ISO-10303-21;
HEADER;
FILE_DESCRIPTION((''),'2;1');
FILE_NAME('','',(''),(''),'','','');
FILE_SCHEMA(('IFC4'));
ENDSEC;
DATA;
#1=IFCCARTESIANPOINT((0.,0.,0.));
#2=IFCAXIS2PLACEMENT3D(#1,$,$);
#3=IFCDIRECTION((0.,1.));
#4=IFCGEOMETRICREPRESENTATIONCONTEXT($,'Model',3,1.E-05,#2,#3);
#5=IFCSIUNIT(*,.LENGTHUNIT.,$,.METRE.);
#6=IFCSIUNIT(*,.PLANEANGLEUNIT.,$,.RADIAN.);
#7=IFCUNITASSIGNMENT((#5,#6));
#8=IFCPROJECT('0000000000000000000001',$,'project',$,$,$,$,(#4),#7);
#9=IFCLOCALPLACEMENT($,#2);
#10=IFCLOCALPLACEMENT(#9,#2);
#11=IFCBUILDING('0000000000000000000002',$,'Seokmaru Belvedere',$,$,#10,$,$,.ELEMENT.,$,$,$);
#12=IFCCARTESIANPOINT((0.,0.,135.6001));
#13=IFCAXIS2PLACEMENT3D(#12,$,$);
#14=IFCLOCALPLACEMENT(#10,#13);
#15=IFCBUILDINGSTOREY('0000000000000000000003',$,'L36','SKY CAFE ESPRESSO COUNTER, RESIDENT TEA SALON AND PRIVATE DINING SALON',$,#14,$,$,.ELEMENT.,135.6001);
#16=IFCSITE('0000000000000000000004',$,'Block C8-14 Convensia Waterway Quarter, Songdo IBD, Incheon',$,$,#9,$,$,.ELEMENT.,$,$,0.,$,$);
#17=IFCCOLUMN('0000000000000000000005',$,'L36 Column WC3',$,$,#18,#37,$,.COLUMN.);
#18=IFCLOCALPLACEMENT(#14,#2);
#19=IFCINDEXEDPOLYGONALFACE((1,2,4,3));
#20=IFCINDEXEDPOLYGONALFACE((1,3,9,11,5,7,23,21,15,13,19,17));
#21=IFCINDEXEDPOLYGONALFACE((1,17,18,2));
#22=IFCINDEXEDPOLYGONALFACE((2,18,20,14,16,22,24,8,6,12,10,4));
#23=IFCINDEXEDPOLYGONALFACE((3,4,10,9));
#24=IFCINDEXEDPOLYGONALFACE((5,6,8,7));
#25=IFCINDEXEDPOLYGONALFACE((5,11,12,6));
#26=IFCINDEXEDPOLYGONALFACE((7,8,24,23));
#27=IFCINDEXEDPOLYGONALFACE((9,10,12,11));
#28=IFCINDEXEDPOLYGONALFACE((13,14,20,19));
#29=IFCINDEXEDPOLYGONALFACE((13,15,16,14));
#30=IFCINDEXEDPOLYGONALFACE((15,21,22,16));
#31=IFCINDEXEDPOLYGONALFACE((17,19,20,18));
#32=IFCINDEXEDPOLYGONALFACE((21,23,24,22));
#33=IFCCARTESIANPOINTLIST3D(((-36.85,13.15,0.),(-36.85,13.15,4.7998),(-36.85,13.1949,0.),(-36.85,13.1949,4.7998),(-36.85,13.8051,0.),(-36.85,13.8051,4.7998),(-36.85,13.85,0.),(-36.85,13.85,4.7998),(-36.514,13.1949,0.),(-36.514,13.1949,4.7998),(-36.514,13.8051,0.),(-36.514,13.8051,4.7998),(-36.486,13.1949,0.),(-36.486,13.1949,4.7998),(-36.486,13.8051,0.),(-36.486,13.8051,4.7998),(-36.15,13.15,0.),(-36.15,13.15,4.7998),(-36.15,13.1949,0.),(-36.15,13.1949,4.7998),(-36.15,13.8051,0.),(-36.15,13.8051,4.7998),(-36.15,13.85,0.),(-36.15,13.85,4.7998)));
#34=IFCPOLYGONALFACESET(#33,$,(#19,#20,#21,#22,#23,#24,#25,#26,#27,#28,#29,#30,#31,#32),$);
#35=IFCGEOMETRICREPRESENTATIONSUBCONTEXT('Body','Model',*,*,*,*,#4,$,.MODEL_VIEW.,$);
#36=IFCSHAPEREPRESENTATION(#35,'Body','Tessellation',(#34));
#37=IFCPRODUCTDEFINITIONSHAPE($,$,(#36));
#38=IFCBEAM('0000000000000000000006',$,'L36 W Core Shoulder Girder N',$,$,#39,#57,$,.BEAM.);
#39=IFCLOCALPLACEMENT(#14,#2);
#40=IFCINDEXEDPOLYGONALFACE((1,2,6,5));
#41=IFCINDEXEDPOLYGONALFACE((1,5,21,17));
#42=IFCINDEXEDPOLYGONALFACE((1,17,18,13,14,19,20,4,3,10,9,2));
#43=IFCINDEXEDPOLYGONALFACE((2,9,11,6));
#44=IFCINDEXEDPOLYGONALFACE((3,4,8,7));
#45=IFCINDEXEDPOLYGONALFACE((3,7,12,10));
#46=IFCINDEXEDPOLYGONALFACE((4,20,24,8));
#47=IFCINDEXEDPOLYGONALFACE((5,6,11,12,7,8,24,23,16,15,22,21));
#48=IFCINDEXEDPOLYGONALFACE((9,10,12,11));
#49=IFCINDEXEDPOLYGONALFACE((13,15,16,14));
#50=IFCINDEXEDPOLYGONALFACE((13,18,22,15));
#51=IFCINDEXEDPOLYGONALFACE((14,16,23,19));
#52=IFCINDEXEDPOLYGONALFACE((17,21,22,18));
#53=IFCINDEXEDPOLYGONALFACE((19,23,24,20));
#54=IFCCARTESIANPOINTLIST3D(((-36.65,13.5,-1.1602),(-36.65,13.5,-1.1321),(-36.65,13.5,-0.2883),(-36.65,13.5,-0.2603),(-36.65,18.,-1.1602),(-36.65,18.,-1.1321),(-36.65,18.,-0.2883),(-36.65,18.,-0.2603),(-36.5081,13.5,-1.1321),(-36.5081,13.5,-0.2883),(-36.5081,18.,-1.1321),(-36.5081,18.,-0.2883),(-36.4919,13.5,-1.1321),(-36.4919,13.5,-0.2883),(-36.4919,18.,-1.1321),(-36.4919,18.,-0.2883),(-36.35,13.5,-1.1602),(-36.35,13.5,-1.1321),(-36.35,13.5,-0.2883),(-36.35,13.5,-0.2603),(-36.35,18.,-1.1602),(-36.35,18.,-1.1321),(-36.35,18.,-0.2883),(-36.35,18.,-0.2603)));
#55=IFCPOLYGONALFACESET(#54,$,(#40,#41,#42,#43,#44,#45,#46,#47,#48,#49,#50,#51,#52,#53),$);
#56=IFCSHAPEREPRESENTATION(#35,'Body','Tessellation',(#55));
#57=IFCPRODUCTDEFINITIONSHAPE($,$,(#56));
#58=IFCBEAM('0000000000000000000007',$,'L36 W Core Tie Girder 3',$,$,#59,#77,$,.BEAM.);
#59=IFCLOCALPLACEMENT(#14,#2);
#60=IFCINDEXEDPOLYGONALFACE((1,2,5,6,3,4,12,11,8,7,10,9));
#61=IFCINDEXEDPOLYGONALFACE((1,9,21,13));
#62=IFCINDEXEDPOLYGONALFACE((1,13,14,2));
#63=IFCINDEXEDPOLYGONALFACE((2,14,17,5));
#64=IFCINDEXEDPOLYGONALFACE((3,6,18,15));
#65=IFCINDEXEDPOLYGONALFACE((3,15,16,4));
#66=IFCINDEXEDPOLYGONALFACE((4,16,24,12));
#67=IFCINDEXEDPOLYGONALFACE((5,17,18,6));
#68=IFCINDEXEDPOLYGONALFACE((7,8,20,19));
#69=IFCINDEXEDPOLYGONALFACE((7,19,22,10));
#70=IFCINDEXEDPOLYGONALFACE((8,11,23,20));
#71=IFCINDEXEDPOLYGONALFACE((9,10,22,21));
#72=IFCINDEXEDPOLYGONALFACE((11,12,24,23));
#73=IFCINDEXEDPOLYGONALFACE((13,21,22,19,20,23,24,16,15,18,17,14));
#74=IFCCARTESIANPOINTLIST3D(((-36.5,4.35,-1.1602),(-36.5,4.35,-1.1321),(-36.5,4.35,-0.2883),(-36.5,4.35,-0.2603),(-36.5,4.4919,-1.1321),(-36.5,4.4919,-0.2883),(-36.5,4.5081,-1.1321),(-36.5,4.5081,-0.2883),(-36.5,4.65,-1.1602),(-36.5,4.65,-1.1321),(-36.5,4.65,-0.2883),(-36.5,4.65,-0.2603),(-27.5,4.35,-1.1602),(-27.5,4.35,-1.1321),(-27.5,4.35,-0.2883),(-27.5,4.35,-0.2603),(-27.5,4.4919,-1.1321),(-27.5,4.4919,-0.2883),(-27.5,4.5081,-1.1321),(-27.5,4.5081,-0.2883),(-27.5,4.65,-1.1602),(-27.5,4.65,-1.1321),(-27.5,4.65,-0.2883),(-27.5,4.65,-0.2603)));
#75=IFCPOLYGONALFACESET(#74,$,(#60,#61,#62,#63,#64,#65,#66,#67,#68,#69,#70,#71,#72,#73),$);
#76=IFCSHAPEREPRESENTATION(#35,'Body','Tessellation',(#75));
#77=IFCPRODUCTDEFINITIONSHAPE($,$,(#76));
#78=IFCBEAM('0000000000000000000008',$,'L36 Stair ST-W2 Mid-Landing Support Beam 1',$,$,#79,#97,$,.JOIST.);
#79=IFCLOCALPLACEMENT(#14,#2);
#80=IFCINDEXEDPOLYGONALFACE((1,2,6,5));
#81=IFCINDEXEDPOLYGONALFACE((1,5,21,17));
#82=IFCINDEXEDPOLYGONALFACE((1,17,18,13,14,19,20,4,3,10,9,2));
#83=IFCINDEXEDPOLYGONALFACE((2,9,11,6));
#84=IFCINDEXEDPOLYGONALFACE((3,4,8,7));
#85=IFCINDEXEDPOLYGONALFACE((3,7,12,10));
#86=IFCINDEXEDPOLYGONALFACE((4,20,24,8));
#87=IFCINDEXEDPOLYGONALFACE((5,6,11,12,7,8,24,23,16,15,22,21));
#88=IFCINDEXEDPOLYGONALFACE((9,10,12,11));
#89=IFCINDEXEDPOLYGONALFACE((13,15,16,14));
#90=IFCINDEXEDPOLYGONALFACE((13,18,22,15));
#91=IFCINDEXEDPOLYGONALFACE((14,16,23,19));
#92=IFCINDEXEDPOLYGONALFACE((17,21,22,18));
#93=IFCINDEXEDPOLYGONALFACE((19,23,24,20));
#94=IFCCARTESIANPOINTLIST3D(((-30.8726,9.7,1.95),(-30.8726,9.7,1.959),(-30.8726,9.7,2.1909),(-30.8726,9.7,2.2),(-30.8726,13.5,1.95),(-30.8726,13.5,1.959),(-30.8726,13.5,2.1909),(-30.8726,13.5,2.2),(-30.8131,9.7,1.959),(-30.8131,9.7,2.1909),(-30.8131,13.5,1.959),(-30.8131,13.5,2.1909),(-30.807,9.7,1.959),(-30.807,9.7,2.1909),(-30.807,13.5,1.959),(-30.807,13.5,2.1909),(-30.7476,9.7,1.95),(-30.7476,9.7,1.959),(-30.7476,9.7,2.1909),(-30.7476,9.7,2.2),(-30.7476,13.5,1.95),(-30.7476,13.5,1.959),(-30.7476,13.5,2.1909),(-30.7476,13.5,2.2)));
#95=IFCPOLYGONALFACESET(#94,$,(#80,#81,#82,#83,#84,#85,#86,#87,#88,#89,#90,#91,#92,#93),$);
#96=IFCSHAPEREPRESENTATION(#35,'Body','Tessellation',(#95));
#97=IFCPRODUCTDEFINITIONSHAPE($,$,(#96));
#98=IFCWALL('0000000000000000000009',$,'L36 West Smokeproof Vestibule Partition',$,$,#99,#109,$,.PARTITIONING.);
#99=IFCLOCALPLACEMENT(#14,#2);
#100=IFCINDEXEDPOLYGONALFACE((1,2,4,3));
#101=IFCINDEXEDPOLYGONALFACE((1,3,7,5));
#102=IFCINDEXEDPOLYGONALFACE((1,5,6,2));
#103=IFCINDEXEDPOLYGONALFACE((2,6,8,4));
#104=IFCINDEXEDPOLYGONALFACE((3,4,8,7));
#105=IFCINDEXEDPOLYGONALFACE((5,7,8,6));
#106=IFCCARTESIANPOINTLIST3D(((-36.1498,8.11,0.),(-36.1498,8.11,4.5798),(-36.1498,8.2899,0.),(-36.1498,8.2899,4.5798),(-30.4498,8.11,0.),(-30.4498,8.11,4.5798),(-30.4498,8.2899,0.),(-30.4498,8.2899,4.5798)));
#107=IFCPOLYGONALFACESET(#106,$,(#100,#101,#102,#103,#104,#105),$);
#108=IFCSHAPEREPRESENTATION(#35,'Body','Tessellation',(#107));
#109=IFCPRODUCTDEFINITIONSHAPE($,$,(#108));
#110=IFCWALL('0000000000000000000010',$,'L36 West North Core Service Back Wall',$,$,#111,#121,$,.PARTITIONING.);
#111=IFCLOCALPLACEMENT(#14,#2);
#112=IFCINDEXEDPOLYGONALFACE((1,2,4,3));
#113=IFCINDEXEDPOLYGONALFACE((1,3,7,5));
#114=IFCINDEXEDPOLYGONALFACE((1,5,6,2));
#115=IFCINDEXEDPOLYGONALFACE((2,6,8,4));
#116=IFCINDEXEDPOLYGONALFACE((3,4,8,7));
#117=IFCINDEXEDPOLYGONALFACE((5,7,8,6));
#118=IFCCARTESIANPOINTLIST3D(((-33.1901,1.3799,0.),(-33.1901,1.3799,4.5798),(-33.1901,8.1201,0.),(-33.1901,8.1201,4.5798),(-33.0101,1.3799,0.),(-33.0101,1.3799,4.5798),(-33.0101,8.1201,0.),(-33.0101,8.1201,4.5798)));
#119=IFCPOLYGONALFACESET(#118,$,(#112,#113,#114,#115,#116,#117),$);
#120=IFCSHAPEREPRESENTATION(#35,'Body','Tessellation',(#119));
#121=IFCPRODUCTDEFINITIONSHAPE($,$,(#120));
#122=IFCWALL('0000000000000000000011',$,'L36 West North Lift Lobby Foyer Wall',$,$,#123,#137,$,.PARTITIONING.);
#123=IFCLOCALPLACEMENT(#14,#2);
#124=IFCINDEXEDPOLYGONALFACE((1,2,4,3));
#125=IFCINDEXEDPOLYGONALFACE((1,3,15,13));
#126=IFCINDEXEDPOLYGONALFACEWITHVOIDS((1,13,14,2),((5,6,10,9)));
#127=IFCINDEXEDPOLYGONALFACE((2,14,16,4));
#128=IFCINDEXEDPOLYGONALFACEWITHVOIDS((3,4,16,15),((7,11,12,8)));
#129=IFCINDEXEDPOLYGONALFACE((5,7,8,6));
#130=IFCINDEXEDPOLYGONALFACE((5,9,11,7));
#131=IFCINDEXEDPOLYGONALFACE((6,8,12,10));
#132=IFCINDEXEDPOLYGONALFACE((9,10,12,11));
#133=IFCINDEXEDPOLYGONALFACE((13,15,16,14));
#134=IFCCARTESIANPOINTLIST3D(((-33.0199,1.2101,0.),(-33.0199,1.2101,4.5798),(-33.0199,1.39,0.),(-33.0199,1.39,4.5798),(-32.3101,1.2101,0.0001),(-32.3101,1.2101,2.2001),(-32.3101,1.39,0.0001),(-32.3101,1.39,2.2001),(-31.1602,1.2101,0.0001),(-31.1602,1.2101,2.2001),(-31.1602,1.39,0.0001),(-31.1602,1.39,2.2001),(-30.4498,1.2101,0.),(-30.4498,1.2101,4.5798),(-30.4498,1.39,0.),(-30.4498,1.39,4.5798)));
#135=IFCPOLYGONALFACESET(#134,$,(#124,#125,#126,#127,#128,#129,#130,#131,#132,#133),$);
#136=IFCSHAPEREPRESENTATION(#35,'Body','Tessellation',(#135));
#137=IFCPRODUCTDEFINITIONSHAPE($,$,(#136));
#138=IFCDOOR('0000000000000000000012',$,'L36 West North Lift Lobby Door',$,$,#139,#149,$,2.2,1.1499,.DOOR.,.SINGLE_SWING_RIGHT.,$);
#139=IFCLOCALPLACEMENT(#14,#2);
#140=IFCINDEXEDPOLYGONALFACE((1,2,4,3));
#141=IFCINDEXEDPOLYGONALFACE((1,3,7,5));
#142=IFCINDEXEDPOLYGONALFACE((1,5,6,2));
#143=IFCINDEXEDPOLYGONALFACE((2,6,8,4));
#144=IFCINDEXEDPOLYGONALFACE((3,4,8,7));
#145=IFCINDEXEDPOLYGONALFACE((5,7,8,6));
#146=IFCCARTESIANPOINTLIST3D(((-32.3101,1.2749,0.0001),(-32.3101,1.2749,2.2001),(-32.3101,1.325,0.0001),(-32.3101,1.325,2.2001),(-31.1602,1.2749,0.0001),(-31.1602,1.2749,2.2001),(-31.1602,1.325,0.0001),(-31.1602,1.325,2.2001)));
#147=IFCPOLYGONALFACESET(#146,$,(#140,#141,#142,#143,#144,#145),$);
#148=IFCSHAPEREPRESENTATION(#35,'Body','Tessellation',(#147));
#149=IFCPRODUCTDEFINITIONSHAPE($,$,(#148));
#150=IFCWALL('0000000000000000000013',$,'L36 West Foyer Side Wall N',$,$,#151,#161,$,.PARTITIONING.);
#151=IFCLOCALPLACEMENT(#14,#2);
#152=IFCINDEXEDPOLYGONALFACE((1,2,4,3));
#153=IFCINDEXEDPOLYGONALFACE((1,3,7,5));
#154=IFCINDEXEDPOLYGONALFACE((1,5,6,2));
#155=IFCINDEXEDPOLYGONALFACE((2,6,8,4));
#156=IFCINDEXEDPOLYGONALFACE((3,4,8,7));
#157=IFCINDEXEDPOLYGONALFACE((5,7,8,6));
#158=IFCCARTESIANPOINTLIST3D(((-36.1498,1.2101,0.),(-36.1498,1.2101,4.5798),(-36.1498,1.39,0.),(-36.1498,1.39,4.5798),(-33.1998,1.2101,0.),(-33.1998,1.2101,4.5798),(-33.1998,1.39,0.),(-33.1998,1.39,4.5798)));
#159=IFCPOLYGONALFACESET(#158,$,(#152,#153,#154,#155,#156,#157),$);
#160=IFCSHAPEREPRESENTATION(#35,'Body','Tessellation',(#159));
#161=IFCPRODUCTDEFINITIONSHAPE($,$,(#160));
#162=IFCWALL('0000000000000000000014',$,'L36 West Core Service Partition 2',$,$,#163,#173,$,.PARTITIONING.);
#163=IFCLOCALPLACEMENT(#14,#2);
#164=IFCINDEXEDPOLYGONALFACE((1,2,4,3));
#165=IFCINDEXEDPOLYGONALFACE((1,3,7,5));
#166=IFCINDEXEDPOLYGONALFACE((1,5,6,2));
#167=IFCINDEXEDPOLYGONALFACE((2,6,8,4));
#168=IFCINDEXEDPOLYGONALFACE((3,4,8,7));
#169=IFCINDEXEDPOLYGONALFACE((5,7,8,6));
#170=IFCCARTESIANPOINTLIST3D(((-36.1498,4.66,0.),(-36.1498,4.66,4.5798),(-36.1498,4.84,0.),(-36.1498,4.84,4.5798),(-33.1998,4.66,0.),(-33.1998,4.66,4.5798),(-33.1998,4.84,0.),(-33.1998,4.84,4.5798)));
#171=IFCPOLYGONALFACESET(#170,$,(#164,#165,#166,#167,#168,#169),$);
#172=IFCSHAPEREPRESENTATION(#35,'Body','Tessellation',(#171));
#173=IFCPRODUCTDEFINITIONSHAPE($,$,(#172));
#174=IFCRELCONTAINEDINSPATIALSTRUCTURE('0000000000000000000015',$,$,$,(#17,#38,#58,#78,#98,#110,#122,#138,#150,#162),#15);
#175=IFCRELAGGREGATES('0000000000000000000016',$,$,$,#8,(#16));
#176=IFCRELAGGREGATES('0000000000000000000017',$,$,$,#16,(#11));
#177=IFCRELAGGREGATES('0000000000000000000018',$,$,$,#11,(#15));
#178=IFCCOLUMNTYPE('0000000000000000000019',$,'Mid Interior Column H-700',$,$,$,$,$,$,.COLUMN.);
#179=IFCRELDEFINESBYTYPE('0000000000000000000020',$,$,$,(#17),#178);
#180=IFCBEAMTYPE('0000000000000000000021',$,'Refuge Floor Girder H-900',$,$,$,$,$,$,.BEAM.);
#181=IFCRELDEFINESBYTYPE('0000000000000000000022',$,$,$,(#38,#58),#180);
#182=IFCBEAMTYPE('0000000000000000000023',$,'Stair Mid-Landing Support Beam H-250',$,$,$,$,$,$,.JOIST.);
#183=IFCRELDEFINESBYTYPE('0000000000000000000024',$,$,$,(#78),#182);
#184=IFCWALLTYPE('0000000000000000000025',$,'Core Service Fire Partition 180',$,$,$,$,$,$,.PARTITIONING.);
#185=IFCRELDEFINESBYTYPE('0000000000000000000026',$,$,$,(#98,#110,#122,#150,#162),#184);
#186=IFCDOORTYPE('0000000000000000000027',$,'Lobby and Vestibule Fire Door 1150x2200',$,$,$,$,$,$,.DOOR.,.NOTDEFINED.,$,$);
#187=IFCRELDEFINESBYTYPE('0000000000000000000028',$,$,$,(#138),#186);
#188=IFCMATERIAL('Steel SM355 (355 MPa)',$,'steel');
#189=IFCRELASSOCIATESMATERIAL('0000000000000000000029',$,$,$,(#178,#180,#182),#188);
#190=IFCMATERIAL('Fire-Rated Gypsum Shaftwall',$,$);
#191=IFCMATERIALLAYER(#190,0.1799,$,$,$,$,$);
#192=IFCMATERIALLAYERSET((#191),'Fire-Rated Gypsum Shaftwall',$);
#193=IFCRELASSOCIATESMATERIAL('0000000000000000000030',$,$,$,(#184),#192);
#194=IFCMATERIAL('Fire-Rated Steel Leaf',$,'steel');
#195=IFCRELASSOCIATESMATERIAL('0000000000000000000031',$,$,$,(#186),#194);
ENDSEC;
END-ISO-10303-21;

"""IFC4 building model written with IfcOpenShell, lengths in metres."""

from ifc_helpers import new_model, si_unit, direction, frame, frame_2d, origin, origin_2d, place, context, subcontext, project, spatial, rectangle, i_section, extrude, source, transform, mapped, material, layer, layer_set, material_profile, profile_set, type_object, type_shapes, element, fill, save


model = new_model("IFC4")

# Units and contexts
model_context = context("Model", 3, precision=1e-05, world=origin(), true_north=direction((0.0, 1.0)))
body_context = subcontext(model_context, "Body", "Model", "MODEL_VIEW")
ifc_project = project(units=[si_unit("LENGTHUNIT", "METRE"), si_unit("PLANEANGLEUNIT", "RADIAN")], contexts=[model_context])

# Site, building, storey
site_placement = place(None, origin())
site = spatial("IfcSite", under=ifc_project, at=site_placement, Name="Block C8-14 Convensia Waterway Quarter, Songdo IBD, Incheon", CompositionType="ELEMENT", RefElevation=0.0)
building_placement = place(site_placement, origin())
building = spatial("IfcBuilding", under=site, at=building_placement, Name="Seokmaru Belvedere", CompositionType="ELEMENT")
storey_placement = place(building_placement, frame((0.0, 0.0, 135.6001)))
storey = spatial("IfcBuildingStorey", under=building, at=storey_placement, Name="L36", Description="SKY CAFE ESPRESSO COUNTER, RESIDENT TEA SALON AND PRIVATE DINING SALON", CompositionType="ELEMENT", Elevation=135.6001)

# Column
ifc_material_1 = material(Name="Steel SM355 (355 MPa)", Category="steel")
ifc_material_profile_1 = material_profile(ifc_material_1, i_section(OverallWidth=0.7, OverallDepth=0.7, WebThickness=0.0281, FlangeThickness=0.0449, at=origin_2d()), Name="H-700x700x28x45")
ifc_profile_set_1 = profile_set([ifc_material_profile_1], Name="Steel SM355 (355 MPa)")
column_type = type_object("IfcColumnType", Name="Mid Interior Column H-700", PredefinedType="COLUMN", material=ifc_profile_set_1)
shared_shape_1 = source(origin(), body_context, "Body", "SweptSolid", [
    extrude(i_section(OverallWidth=0.7, OverallDepth=0.7, WebThickness=0.0281, FlangeThickness=0.0449, at=origin_2d()), origin(), (0.0, 0.0, 1.0), 4.7998),
])
type_shapes(column_type, [shared_shape_1])
column_placement = place(storey_placement, frame((-36.5, 13.5, 0.0), z_axis=(0.0, 0.0, 1.0), x_axis=(1.0, 0.0, 0.0)))
element("IfcColumn", 1, at=column_placement, inside=storey, type_object=column_type, Name="L36 Column WC3", PredefinedType="COLUMN", context=body_context, shape_type="MappedRepresentation", body=[
    mapped(shared_shape_1, transform((0.0, 0.0, 0.0), scale=1.0)),
])

# Beams
ifc_material_profile_2 = material_profile(ifc_material_1, i_section(OverallWidth=0.3, OverallDepth=0.8999, WebThickness=0.0161, FlangeThickness=0.0281, at=origin_2d()), Name="H-900x300x16x28")
ifc_profile_set_2 = profile_set([ifc_material_profile_2], Name="Steel SM355 (355 MPa)")
beam_type_1 = type_object("IfcBeamType", Name="Refuge Floor Girder H-900", PredefinedType="BEAM", material=ifc_profile_set_2)
shared_shape_2 = source(origin(), body_context, "Body", "SweptSolid", [
    extrude(i_section(OverallWidth=0.3, OverallDepth=0.8999, WebThickness=0.0161, FlangeThickness=0.0281, at=origin_2d()), origin(), (0.0, 0.0, 1.0), 4.5),
])
beam_1_placement = place(storey_placement, frame((-36.5, 13.5, -0.7102), z_axis=(0.0, 1.0, 0.0), x_axis=(-1.0, 0.0, 0.0)))
element("IfcBeam", 2, at=beam_1_placement, inside=storey, type_object=beam_type_1, Name="L36 W Core Shoulder Girder N", PredefinedType="BEAM", context=body_context, shape_type="MappedRepresentation", body=[
    mapped(shared_shape_2, transform((0.0, 0.0, 0.0), scale=1.0)),
])
shared_shape_3 = source(origin(), body_context, "Body", "SweptSolid", [
    extrude(i_section(OverallWidth=0.3, OverallDepth=0.8999, WebThickness=0.0161, FlangeThickness=0.0281, at=origin_2d()), origin(), (0.0, 0.0, 1.0), 9.0),
])
type_shapes(beam_type_1, [shared_shape_2, shared_shape_3])
beam_2_placement = place(storey_placement, frame((-36.5, 4.5, -0.7102), z_axis=(1.0, 0.0, 0.0), x_axis=(0.0, 1.0, 0.0)))
element("IfcBeam", 3, at=beam_2_placement, inside=storey, type_object=beam_type_1, Name="L36 W Core Tie Girder 3", PredefinedType="BEAM", context=body_context, shape_type="MappedRepresentation", body=[
    mapped(shared_shape_3, transform((0.0, 0.0, 0.0), scale=1.0)),
])
ifc_material_profile_3 = material_profile(ifc_material_1, i_section(OverallWidth=0.125, OverallDepth=0.25, WebThickness=0.0061, FlangeThickness=0.009, at=origin_2d()), Name="H-250x125x6x9")
ifc_profile_set_3 = profile_set([ifc_material_profile_3], Name="Steel SM355 (355 MPa)")
beam_type_2 = type_object("IfcBeamType", Name="Stair Mid-Landing Support Beam H-250", PredefinedType="JOIST", material=ifc_profile_set_3)
shared_shape_4 = source(origin(), body_context, "Body", "SweptSolid", [
    extrude(i_section(OverallWidth=0.125, OverallDepth=0.25, WebThickness=0.0061, FlangeThickness=0.009, at=origin_2d()), origin(), (0.0, 0.0, 1.0), 3.8),
])
type_shapes(beam_type_2, [shared_shape_4])
beam_3_placement = place(storey_placement, frame((-30.8101, 9.7, 2.075), z_axis=(0.0, 1.0, 0.0), x_axis=(-1.0, 0.0, 0.0)))
element("IfcBeam", 4, at=beam_3_placement, inside=storey, type_object=beam_type_2, Name="L36 Stair ST-W2 Mid-Landing Support Beam 1", PredefinedType="JOIST", context=body_context, shape_type="MappedRepresentation", body=[
    mapped(shared_shape_4, transform((0.0, 0.0, 0.0), scale=1.0)),
])

# Walls
ifc_material_2 = material(Name="Fire-Rated Gypsum Shaftwall")
ifc_layer_1 = layer(ifc_material_2, 0.1799)
ifc_layer_set_1 = layer_set([ifc_layer_1], Name="Fire-Rated Gypsum Shaftwall")
wall_type_1 = type_object("IfcWallType", Name="Core Service Fire Partition 180", PredefinedType="PARTITIONING", material=ifc_layer_set_1)
wall_1_placement = place(storey_placement, frame((-36.1499, 8.2, 0.0), z_axis=(0.0, 0.0, 1.0), x_axis=(1.0, 0.0, 0.0)))
element("IfcWall", 5, at=wall_1_placement, inside=storey, type_object=wall_type_1, Name="L36 West Smokeproof Vestibule Partition", PredefinedType="PARTITIONING", context=body_context, shape_type="SweptSolid", body=[
    extrude(rectangle(XDim=5.7, YDim=0.1799, at=frame_2d((2.8501, 0.0))), origin(), (0.0, 0.0, 1.0), 4.5798),
])
wall_2_placement = place(storey_placement, frame((-33.1001, 1.3799, 0.0), z_axis=(0.0, 0.0, 1.0), x_axis=(0.0, 1.0, 0.0)))
element("IfcWall", 6, at=wall_2_placement, inside=storey, type_object=wall_type_1, Name="L36 West North Core Service Back Wall", PredefinedType="PARTITIONING", context=body_context, shape_type="SweptSolid", body=[
    extrude(rectangle(XDim=6.7402, YDim=0.1799, at=frame_2d((3.3701, 0.0))), origin(), (0.0, 0.0, 1.0), 4.5798),
])

# Wall, opening, door
wall_3_placement = place(storey_placement, frame((-33.02, 1.3, 0.0), z_axis=(0.0, 0.0, 1.0), x_axis=(1.0, 0.0, 0.0)))
wall_3 = element("IfcWall", 7, at=wall_3_placement, inside=storey, type_object=wall_type_1, Name="L36 West North Lift Lobby Foyer Wall", PredefinedType="PARTITIONING", context=body_context, shape_type="SweptSolid", body=[
    extrude(rectangle(XDim=2.5701, YDim=0.1799, at=frame_2d((1.2852, 0.0))), origin(), (0.0, 0.0, 1.0), 4.5798),
])
opening_1_placement = place(wall_3_placement, frame((0.71, 0.0, 0.0)))
opening_1 = element("IfcOpeningElement", 8, at=opening_1_placement, cuts=wall_3, PredefinedType="OPENING", context=body_context, shape_type="SweptSolid", body=[
    extrude(rectangle(XDim=1.1499, YDim=2.2, at=frame_2d((0.575, 1.1001))), frame((0.0, 0.1001, 0.0), z_axis=(0.0, -1.0, 0.0), x_axis=(1.0, 0.0, 0.0)), (0.0, 0.0, 1.0), 0.2),
])
ifc_material_3 = material(Name="Fire-Rated Steel Leaf", Category="steel")
door_type_1 = type_object("IfcDoorType", Name="Lobby and Vestibule Fire Door 1150x2200", OperationType="NOTDEFINED", PredefinedType="DOOR", material=ifc_material_3)
shared_shape_5 = source(origin(), body_context, "Body", "SweptSolid", [
    extrude(rectangle(XDim=1.1499, YDim=2.2, at=frame_2d((0.575, 1.1001))), frame((0.0, 0.0249, 0.0), z_axis=(0.0, -1.0, 0.0), x_axis=(1.0, 0.0, 0.0)), (0.0, 0.0, 1.0), 0.05),
])
type_shapes(door_type_1, [shared_shape_5])
door_1_placement = place(opening_1_placement, origin())
door_1 = element("IfcDoor", 9, at=door_1_placement, inside=storey, type_object=door_type_1, Name="L36 West North Lift Lobby Door", OperationType="SINGLE_SWING_RIGHT", OverallHeight=2.2, OverallWidth=1.1499, PredefinedType="DOOR", context=body_context, shape_type="MappedRepresentation", body=[
    mapped(shared_shape_5, transform((0.0, 0.0, 0.0), scale=1.0)),
])
fill(opening_1, door_1)

# Walls
for number, where, z_axis, x_axis, name in (
    (10, (-36.1499, 1.3, 0.0), (0.0, 0.0, 1.0), (1.0, 0.0, 0.0), "L36 West Foyer Side Wall N"),
    (11, (-36.1499, 4.75, 0.0), (0.0, 0.0, 1.0), (1.0, 0.0, 0.0), "L36 West Core Service Partition 2"),
):
    element("IfcWall", number, at=place(storey_placement, frame(where, z_axis=z_axis, x_axis=x_axis)), inside=storey, type_object=wall_type_1, Name=name, PredefinedType="PARTITIONING", context=body_context, shape_type="SweptSolid", body=[
        extrude(rectangle(XDim=2.95, YDim=0.1799, at=frame_2d((1.4751, 0.0))), origin(), (0.0, 0.0, 1.0), 4.5798),
    ])

save(model, "model.ifc")
